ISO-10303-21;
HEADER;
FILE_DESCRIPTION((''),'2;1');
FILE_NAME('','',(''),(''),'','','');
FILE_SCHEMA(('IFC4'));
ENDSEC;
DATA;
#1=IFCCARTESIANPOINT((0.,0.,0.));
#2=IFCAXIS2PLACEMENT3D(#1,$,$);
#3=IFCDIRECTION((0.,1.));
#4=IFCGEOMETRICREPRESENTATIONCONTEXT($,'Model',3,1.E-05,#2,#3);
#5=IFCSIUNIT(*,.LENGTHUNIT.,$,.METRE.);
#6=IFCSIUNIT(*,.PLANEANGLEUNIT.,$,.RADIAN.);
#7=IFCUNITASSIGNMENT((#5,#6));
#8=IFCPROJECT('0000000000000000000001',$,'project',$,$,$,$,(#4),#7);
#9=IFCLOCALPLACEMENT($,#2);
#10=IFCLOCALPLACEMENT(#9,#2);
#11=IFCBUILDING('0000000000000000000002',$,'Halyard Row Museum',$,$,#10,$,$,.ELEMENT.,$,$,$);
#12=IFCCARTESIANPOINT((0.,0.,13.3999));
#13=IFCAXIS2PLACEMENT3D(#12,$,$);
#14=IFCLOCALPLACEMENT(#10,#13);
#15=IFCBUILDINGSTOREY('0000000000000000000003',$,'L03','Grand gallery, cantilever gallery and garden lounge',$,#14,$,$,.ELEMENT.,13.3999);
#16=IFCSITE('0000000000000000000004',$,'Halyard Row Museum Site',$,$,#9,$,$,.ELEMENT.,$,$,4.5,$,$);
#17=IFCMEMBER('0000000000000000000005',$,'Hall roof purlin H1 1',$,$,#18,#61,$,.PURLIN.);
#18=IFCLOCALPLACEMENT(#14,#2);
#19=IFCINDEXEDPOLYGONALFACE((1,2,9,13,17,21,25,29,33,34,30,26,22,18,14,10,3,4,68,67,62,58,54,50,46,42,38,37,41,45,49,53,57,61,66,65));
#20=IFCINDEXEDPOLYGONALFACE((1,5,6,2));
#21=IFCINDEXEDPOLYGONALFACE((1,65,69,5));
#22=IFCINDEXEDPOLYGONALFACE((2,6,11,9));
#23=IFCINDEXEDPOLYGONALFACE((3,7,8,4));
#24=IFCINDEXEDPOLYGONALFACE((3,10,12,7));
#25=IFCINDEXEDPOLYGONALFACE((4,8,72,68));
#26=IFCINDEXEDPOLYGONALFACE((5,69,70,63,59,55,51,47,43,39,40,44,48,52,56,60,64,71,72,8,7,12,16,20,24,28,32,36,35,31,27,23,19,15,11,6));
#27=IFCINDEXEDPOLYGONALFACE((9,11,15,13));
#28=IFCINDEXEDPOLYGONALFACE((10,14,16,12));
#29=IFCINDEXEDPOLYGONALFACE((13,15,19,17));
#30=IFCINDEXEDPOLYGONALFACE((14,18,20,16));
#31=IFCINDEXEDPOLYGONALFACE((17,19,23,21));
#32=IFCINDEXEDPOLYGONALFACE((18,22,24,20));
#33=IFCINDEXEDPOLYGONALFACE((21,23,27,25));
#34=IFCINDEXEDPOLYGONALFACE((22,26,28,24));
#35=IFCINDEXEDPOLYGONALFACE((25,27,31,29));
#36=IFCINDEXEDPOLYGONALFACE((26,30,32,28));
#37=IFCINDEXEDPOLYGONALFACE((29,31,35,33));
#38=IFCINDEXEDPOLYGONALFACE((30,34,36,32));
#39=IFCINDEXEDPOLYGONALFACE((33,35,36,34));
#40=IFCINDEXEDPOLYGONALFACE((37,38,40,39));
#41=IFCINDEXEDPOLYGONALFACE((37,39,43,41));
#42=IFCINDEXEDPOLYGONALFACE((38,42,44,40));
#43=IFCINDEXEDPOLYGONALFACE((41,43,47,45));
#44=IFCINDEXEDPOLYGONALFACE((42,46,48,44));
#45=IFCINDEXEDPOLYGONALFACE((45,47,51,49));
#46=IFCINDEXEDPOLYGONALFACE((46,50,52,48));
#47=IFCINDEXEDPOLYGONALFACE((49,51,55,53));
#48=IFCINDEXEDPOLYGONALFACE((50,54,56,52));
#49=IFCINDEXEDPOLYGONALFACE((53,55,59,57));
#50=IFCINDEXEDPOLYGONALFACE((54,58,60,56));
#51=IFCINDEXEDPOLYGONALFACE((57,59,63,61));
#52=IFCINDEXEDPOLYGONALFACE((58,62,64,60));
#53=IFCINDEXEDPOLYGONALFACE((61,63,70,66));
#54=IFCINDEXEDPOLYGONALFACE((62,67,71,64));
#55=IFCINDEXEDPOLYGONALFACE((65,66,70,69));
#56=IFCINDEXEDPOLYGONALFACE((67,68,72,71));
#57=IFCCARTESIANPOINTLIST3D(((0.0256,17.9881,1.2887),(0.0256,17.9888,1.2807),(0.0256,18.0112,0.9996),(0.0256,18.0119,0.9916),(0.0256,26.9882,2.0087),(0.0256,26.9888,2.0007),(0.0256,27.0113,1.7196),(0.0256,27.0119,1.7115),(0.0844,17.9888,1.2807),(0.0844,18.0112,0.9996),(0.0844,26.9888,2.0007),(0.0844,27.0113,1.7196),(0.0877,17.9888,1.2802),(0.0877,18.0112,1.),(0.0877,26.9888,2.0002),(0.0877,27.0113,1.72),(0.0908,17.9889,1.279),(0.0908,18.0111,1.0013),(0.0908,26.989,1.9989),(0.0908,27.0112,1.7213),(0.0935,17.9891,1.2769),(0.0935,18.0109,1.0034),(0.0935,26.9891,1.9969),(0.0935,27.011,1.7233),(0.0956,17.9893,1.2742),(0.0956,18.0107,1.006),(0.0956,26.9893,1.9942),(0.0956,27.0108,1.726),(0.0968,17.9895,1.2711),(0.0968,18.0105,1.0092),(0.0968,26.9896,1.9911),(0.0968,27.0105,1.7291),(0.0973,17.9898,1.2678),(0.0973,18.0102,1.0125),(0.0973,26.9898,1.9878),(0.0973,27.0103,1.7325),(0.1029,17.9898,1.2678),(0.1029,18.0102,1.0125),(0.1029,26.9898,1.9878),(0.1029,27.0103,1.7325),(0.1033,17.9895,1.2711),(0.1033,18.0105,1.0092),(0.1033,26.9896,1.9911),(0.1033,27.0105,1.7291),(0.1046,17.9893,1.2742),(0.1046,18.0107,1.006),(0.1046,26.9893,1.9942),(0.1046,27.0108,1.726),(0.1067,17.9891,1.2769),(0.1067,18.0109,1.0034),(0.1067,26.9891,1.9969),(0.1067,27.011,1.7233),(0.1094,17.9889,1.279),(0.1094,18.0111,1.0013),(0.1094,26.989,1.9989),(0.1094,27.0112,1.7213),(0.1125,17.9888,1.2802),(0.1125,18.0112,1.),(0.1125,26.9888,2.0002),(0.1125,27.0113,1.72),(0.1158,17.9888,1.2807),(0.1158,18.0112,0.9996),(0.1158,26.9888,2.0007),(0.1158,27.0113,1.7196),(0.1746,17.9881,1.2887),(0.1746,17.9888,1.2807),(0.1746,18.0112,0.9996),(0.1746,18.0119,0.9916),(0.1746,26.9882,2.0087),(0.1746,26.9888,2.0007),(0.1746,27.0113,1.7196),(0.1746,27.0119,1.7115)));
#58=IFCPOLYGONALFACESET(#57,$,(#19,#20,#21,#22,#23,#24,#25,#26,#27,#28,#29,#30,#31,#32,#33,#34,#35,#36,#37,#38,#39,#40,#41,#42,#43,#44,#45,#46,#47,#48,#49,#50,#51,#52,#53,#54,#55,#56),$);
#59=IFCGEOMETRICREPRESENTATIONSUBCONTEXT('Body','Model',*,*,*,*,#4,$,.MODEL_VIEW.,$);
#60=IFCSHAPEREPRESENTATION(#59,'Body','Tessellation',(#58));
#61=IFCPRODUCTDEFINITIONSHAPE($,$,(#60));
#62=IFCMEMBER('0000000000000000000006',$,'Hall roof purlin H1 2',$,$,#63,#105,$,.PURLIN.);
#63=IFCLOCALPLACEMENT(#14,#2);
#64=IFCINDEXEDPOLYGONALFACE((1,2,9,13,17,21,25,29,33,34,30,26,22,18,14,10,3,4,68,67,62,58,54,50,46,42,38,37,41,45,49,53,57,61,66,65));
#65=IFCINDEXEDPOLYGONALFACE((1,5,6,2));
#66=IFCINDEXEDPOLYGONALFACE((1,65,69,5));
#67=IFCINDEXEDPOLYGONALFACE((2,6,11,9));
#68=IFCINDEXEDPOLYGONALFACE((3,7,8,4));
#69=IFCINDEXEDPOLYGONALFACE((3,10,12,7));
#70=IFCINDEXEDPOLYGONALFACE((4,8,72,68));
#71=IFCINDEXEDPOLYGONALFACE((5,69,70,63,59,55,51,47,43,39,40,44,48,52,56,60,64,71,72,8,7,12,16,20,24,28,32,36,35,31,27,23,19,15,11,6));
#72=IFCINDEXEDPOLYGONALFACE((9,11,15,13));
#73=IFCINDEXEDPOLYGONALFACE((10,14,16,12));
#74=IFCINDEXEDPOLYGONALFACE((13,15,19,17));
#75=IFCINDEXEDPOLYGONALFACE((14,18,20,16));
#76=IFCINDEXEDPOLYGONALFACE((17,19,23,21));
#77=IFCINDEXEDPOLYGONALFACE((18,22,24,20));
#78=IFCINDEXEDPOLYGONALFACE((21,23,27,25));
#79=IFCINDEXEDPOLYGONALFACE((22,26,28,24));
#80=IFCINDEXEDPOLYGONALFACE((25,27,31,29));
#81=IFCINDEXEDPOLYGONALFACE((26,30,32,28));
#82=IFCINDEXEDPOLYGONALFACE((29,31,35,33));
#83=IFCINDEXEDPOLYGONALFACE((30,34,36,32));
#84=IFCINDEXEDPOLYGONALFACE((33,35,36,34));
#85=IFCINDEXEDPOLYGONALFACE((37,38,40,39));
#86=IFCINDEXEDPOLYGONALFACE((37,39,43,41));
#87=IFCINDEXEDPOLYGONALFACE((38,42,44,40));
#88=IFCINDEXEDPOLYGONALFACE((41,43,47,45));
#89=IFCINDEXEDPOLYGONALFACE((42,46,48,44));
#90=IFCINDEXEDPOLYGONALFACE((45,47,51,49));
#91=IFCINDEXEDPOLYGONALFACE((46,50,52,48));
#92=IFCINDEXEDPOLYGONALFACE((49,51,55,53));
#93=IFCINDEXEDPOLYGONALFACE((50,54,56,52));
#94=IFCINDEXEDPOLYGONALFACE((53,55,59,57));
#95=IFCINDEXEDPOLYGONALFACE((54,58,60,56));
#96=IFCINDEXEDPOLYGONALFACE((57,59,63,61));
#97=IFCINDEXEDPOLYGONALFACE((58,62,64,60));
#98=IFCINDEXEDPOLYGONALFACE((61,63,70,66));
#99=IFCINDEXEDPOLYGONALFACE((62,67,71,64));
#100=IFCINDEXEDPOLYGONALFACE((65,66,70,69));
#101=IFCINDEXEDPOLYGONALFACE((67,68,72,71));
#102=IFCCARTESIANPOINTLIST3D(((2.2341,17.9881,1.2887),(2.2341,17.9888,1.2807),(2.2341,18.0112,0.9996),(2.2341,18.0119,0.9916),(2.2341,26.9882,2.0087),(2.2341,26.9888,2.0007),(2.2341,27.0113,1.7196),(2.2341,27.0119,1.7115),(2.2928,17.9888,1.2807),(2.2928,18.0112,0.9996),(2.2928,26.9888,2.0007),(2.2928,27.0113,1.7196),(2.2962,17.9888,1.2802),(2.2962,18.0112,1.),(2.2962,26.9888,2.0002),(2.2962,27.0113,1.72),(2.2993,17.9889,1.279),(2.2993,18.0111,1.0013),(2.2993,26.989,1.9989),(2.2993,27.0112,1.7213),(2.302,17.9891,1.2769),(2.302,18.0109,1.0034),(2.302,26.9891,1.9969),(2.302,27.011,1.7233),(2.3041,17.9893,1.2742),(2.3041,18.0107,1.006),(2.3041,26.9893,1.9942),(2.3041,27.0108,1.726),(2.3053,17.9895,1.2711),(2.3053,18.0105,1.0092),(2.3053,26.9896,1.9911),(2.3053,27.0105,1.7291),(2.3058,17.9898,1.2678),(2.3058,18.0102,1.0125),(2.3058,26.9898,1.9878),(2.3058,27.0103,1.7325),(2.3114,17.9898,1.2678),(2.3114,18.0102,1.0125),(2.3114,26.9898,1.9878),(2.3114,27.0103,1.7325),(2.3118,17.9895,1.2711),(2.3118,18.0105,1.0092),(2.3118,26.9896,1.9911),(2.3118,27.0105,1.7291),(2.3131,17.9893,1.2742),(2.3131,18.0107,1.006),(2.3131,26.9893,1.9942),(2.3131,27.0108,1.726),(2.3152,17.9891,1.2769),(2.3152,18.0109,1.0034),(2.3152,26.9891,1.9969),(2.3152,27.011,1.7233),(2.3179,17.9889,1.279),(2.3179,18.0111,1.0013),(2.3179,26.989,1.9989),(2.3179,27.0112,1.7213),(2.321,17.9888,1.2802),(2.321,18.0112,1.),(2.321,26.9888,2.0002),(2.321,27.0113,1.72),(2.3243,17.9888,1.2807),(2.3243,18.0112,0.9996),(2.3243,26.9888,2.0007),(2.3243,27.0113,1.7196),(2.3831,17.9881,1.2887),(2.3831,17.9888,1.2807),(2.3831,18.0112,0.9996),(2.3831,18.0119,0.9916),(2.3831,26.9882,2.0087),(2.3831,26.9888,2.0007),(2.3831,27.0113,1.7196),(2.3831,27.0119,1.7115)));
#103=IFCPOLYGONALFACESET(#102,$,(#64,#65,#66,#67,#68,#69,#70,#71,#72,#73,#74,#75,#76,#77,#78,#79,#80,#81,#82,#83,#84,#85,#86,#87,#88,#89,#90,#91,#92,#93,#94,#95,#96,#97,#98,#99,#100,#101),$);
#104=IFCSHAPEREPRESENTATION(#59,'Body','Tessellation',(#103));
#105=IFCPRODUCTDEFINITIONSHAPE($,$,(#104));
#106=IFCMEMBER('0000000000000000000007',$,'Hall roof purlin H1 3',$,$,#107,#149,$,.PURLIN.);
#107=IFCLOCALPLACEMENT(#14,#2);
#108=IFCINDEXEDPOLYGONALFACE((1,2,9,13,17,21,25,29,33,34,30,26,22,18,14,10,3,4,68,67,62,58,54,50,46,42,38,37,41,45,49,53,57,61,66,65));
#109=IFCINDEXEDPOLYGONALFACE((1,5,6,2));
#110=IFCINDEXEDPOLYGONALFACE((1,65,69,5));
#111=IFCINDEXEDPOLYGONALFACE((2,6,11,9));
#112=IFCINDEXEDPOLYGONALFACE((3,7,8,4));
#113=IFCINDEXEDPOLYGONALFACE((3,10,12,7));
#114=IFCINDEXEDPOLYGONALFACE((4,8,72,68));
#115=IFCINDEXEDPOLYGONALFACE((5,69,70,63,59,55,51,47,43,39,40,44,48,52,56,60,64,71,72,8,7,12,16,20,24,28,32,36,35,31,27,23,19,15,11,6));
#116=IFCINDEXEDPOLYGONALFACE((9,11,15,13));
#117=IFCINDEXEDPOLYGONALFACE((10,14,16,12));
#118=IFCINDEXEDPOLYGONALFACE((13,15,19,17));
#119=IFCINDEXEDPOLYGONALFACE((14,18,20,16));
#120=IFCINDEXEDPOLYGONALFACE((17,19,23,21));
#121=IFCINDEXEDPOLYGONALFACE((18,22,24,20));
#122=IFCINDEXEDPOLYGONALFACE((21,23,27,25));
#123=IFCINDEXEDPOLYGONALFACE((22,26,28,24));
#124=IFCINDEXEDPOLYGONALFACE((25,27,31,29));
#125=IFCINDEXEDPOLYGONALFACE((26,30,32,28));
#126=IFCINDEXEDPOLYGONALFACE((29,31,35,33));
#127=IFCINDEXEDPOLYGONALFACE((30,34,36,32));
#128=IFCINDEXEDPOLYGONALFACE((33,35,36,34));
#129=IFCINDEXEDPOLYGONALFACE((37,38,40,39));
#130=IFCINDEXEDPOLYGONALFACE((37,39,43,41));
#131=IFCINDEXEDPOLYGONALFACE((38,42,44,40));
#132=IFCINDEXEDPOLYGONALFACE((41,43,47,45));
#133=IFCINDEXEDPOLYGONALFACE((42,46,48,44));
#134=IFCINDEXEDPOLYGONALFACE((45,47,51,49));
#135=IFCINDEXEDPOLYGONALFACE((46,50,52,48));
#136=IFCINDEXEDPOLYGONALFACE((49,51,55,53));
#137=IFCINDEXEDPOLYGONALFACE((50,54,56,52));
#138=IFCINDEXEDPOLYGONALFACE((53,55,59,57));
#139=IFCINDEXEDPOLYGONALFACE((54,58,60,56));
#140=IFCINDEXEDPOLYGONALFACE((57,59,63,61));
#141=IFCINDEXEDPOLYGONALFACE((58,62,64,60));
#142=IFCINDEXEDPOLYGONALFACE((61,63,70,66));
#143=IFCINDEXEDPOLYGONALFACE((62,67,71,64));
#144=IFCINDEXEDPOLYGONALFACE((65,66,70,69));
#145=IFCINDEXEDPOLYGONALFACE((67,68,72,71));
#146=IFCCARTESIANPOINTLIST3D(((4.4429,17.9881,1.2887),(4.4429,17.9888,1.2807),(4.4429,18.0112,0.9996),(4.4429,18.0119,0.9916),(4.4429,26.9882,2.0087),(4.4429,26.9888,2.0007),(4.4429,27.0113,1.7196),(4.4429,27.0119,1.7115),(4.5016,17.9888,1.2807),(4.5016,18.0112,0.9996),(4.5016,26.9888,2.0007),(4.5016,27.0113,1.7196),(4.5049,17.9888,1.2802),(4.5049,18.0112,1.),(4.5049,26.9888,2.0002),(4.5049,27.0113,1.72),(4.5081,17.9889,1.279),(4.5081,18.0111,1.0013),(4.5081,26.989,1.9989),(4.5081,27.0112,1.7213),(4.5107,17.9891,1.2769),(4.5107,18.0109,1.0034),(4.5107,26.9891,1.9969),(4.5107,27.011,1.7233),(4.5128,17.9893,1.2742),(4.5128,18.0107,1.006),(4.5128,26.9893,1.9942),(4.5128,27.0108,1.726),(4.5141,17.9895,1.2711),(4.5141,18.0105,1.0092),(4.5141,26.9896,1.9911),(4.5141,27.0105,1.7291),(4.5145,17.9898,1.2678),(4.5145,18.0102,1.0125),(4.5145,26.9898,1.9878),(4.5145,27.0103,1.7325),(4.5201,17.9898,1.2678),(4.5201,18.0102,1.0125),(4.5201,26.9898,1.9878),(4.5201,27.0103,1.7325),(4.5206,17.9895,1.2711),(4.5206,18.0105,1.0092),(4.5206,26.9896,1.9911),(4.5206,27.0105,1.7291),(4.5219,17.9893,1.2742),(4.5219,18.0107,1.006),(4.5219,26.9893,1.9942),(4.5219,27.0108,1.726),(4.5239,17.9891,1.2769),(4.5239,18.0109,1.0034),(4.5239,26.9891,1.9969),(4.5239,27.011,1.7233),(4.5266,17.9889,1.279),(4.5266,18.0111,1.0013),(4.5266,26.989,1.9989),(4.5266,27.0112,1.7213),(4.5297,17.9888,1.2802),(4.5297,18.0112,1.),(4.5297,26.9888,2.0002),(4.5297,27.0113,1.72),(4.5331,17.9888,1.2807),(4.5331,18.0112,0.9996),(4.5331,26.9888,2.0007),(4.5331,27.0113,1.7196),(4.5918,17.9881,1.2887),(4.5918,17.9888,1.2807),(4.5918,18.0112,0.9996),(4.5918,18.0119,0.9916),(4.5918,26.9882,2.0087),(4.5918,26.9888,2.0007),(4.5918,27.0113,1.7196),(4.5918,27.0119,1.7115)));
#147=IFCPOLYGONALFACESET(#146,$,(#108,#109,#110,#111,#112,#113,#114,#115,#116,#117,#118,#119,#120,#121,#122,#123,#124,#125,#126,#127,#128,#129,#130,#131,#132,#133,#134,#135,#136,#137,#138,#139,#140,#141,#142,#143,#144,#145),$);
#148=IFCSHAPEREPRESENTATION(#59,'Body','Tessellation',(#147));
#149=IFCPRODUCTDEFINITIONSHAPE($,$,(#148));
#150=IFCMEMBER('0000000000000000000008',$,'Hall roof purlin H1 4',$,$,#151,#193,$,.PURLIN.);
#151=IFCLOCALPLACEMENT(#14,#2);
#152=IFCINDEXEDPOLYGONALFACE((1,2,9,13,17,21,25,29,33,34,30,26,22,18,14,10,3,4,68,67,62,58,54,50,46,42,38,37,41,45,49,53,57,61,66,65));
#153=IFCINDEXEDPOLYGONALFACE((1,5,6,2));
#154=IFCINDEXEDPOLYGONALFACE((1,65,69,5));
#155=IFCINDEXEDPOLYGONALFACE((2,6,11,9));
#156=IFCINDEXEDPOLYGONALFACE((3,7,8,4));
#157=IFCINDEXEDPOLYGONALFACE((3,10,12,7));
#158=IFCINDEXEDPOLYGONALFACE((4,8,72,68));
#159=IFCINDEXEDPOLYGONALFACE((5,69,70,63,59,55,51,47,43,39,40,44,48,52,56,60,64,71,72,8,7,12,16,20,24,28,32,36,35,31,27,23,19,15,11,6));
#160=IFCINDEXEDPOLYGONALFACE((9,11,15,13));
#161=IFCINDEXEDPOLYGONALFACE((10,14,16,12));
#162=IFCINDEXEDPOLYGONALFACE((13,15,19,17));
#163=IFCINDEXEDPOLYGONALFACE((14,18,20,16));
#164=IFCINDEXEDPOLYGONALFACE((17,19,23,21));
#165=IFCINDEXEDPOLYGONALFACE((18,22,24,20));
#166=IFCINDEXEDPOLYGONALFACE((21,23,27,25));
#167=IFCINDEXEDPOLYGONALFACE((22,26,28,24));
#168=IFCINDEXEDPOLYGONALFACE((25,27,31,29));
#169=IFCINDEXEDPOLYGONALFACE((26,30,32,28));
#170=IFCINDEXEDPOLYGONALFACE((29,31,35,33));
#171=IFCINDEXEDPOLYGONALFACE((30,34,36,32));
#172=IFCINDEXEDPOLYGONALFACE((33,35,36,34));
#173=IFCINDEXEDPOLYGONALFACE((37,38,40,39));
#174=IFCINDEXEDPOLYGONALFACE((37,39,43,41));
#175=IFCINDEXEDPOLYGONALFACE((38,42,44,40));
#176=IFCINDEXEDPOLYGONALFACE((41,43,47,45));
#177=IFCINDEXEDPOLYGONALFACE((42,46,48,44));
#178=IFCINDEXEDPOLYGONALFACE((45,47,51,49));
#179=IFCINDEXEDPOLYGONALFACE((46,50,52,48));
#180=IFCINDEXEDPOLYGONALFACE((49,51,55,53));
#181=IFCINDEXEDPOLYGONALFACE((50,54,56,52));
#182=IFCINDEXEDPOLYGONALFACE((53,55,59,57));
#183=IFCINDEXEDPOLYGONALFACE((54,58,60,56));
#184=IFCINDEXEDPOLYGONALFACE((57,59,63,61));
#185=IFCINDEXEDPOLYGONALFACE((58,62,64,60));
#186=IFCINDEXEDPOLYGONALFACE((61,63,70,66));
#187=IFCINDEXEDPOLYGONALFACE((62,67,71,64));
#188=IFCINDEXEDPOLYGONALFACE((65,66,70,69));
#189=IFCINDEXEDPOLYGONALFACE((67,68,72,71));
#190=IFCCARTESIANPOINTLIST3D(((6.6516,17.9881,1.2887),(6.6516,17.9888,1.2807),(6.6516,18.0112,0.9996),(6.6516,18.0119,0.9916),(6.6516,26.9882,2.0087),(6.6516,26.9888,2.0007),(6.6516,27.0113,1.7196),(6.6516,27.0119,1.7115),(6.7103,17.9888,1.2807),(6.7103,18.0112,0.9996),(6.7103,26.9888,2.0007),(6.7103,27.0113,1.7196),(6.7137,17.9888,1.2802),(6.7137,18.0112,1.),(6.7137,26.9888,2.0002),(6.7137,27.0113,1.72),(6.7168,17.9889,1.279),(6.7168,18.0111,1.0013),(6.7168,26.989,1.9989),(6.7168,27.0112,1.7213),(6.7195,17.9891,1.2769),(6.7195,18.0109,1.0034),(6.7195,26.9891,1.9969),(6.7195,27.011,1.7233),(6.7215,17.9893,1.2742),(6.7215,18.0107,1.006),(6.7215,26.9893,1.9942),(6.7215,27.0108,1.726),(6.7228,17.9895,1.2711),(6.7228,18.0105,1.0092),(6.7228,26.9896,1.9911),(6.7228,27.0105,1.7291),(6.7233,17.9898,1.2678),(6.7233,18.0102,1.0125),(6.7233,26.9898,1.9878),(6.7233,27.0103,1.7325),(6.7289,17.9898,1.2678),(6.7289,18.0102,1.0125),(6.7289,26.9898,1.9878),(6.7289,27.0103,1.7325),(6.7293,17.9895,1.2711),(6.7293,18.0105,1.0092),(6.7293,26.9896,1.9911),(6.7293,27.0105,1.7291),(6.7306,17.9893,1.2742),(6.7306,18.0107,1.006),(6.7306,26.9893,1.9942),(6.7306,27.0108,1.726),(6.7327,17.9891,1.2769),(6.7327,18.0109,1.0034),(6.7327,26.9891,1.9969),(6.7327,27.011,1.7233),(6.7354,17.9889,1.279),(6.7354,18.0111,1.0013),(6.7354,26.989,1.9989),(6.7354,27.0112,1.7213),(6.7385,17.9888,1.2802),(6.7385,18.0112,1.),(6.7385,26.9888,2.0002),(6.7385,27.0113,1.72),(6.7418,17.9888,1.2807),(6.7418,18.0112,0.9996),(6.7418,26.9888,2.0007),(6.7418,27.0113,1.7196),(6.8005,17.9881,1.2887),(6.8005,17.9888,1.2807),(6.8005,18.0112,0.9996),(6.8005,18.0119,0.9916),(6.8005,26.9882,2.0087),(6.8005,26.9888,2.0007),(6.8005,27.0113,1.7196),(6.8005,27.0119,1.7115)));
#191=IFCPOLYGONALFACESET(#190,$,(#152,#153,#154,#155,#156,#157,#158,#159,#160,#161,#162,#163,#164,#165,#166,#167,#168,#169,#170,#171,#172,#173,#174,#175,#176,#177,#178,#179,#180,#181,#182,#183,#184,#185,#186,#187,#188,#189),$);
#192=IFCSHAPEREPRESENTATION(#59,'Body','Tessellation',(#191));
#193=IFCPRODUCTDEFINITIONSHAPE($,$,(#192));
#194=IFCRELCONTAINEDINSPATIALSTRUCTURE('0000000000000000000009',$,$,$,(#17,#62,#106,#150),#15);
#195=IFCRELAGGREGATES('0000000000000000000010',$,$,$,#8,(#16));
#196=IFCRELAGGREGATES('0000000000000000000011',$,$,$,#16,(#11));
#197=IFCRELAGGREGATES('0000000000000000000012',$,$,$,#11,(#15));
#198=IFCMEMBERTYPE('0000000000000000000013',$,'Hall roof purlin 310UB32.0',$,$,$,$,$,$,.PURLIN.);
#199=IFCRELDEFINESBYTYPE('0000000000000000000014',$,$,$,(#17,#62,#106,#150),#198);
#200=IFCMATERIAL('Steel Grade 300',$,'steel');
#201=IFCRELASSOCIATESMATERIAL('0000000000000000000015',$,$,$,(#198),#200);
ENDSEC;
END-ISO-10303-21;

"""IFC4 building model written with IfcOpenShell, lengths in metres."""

from ifc_helpers import new_model, si_unit, direction, frame, origin, origin_2d, place, context, subcontext, project, spatial, i_section, extrude, material, material_profile, profile_set, type_object, element, save


model = new_model("IFC4")

# Units and contexts
model_context = context("Model", 3, precision=1e-05, world=origin(), true_north=direction((0.0, 1.0)))
body_context = subcontext(model_context, "Body", "Model", "MODEL_VIEW")
ifc_project = project(units=[si_unit("LENGTHUNIT", "METRE"), si_unit("PLANEANGLEUNIT", "RADIAN")], contexts=[model_context])

# Site, building, storey
site_placement = place(None, origin())
site = spatial("IfcSite", under=ifc_project, at=site_placement, Name="Halyard Row Museum Site", CompositionType="ELEMENT", RefElevation=4.5)
building_placement = place(site_placement, origin())
building = spatial("IfcBuilding", under=site, at=building_placement, Name="Halyard Row Museum", CompositionType="ELEMENT")
storey_placement = place(building_placement, frame((0.0, 0.0, 13.3999)))
storey = spatial("IfcBuildingStorey", under=building, at=storey_placement, Name="L03", Description="Grand gallery, cantilever gallery and garden lounge", CompositionType="ELEMENT", Elevation=13.3999)

# Members
ifc_material_1 = material(Name="Steel Grade 300", Category="steel")
ifc_material_profile = material_profile(ifc_material_1, i_section(OverallWidth=0.1489, OverallDepth=0.2981, WebThickness=0.0056, FlangeThickness=0.0081, FilletRadius=0.0129, at=origin_2d()), Name="310UB32.0")
ifc_profile_set = profile_set([ifc_material_profile], Name="Steel Grade 300")
member_type = type_object("IfcMemberType", Name="Hall roof purlin 310UB32.0", PredefinedType="PURLIN", material=ifc_profile_set)
for number, where, z_axis, x_axis, name in (
    (1, (0.1001, 18.0, 1.1401), (0.0, 0.996816, 0.079742), (-1.0, 0.0, 0.0), "Hall roof purlin H1 1"),
    (2, (2.3086, 18.0, 1.1401), (0.0, 0.996816, 0.079742), (-1.0, 0.0, 0.0), "Hall roof purlin H1 2"),
    (3, (4.5173, 18.0, 1.1401), (0.0, 0.996816, 0.079742), (-1.0, 0.0, 0.0), "Hall roof purlin H1 3"),
    (4, (6.7261, 18.0, 1.1401), (0.0, 0.996816, 0.079742), (-1.0, 0.0, 0.0), "Hall roof purlin H1 4"),
):
    element("IfcMember", number, at=place(storey_placement, frame(where, z_axis=z_axis, x_axis=x_axis)), inside=storey, type_object=member_type, Name=name, PredefinedType="PURLIN", context=body_context, shape_type="SweptSolid", body=[
        extrude(i_section(OverallWidth=0.1489, OverallDepth=0.2981, WebThickness=0.0056, FlangeThickness=0.0081, FilletRadius=0.0129, at=origin_2d()), origin(), (0.0, 0.0, 1.0), 9.0288),
    ])

save(model, "model.ifc")
